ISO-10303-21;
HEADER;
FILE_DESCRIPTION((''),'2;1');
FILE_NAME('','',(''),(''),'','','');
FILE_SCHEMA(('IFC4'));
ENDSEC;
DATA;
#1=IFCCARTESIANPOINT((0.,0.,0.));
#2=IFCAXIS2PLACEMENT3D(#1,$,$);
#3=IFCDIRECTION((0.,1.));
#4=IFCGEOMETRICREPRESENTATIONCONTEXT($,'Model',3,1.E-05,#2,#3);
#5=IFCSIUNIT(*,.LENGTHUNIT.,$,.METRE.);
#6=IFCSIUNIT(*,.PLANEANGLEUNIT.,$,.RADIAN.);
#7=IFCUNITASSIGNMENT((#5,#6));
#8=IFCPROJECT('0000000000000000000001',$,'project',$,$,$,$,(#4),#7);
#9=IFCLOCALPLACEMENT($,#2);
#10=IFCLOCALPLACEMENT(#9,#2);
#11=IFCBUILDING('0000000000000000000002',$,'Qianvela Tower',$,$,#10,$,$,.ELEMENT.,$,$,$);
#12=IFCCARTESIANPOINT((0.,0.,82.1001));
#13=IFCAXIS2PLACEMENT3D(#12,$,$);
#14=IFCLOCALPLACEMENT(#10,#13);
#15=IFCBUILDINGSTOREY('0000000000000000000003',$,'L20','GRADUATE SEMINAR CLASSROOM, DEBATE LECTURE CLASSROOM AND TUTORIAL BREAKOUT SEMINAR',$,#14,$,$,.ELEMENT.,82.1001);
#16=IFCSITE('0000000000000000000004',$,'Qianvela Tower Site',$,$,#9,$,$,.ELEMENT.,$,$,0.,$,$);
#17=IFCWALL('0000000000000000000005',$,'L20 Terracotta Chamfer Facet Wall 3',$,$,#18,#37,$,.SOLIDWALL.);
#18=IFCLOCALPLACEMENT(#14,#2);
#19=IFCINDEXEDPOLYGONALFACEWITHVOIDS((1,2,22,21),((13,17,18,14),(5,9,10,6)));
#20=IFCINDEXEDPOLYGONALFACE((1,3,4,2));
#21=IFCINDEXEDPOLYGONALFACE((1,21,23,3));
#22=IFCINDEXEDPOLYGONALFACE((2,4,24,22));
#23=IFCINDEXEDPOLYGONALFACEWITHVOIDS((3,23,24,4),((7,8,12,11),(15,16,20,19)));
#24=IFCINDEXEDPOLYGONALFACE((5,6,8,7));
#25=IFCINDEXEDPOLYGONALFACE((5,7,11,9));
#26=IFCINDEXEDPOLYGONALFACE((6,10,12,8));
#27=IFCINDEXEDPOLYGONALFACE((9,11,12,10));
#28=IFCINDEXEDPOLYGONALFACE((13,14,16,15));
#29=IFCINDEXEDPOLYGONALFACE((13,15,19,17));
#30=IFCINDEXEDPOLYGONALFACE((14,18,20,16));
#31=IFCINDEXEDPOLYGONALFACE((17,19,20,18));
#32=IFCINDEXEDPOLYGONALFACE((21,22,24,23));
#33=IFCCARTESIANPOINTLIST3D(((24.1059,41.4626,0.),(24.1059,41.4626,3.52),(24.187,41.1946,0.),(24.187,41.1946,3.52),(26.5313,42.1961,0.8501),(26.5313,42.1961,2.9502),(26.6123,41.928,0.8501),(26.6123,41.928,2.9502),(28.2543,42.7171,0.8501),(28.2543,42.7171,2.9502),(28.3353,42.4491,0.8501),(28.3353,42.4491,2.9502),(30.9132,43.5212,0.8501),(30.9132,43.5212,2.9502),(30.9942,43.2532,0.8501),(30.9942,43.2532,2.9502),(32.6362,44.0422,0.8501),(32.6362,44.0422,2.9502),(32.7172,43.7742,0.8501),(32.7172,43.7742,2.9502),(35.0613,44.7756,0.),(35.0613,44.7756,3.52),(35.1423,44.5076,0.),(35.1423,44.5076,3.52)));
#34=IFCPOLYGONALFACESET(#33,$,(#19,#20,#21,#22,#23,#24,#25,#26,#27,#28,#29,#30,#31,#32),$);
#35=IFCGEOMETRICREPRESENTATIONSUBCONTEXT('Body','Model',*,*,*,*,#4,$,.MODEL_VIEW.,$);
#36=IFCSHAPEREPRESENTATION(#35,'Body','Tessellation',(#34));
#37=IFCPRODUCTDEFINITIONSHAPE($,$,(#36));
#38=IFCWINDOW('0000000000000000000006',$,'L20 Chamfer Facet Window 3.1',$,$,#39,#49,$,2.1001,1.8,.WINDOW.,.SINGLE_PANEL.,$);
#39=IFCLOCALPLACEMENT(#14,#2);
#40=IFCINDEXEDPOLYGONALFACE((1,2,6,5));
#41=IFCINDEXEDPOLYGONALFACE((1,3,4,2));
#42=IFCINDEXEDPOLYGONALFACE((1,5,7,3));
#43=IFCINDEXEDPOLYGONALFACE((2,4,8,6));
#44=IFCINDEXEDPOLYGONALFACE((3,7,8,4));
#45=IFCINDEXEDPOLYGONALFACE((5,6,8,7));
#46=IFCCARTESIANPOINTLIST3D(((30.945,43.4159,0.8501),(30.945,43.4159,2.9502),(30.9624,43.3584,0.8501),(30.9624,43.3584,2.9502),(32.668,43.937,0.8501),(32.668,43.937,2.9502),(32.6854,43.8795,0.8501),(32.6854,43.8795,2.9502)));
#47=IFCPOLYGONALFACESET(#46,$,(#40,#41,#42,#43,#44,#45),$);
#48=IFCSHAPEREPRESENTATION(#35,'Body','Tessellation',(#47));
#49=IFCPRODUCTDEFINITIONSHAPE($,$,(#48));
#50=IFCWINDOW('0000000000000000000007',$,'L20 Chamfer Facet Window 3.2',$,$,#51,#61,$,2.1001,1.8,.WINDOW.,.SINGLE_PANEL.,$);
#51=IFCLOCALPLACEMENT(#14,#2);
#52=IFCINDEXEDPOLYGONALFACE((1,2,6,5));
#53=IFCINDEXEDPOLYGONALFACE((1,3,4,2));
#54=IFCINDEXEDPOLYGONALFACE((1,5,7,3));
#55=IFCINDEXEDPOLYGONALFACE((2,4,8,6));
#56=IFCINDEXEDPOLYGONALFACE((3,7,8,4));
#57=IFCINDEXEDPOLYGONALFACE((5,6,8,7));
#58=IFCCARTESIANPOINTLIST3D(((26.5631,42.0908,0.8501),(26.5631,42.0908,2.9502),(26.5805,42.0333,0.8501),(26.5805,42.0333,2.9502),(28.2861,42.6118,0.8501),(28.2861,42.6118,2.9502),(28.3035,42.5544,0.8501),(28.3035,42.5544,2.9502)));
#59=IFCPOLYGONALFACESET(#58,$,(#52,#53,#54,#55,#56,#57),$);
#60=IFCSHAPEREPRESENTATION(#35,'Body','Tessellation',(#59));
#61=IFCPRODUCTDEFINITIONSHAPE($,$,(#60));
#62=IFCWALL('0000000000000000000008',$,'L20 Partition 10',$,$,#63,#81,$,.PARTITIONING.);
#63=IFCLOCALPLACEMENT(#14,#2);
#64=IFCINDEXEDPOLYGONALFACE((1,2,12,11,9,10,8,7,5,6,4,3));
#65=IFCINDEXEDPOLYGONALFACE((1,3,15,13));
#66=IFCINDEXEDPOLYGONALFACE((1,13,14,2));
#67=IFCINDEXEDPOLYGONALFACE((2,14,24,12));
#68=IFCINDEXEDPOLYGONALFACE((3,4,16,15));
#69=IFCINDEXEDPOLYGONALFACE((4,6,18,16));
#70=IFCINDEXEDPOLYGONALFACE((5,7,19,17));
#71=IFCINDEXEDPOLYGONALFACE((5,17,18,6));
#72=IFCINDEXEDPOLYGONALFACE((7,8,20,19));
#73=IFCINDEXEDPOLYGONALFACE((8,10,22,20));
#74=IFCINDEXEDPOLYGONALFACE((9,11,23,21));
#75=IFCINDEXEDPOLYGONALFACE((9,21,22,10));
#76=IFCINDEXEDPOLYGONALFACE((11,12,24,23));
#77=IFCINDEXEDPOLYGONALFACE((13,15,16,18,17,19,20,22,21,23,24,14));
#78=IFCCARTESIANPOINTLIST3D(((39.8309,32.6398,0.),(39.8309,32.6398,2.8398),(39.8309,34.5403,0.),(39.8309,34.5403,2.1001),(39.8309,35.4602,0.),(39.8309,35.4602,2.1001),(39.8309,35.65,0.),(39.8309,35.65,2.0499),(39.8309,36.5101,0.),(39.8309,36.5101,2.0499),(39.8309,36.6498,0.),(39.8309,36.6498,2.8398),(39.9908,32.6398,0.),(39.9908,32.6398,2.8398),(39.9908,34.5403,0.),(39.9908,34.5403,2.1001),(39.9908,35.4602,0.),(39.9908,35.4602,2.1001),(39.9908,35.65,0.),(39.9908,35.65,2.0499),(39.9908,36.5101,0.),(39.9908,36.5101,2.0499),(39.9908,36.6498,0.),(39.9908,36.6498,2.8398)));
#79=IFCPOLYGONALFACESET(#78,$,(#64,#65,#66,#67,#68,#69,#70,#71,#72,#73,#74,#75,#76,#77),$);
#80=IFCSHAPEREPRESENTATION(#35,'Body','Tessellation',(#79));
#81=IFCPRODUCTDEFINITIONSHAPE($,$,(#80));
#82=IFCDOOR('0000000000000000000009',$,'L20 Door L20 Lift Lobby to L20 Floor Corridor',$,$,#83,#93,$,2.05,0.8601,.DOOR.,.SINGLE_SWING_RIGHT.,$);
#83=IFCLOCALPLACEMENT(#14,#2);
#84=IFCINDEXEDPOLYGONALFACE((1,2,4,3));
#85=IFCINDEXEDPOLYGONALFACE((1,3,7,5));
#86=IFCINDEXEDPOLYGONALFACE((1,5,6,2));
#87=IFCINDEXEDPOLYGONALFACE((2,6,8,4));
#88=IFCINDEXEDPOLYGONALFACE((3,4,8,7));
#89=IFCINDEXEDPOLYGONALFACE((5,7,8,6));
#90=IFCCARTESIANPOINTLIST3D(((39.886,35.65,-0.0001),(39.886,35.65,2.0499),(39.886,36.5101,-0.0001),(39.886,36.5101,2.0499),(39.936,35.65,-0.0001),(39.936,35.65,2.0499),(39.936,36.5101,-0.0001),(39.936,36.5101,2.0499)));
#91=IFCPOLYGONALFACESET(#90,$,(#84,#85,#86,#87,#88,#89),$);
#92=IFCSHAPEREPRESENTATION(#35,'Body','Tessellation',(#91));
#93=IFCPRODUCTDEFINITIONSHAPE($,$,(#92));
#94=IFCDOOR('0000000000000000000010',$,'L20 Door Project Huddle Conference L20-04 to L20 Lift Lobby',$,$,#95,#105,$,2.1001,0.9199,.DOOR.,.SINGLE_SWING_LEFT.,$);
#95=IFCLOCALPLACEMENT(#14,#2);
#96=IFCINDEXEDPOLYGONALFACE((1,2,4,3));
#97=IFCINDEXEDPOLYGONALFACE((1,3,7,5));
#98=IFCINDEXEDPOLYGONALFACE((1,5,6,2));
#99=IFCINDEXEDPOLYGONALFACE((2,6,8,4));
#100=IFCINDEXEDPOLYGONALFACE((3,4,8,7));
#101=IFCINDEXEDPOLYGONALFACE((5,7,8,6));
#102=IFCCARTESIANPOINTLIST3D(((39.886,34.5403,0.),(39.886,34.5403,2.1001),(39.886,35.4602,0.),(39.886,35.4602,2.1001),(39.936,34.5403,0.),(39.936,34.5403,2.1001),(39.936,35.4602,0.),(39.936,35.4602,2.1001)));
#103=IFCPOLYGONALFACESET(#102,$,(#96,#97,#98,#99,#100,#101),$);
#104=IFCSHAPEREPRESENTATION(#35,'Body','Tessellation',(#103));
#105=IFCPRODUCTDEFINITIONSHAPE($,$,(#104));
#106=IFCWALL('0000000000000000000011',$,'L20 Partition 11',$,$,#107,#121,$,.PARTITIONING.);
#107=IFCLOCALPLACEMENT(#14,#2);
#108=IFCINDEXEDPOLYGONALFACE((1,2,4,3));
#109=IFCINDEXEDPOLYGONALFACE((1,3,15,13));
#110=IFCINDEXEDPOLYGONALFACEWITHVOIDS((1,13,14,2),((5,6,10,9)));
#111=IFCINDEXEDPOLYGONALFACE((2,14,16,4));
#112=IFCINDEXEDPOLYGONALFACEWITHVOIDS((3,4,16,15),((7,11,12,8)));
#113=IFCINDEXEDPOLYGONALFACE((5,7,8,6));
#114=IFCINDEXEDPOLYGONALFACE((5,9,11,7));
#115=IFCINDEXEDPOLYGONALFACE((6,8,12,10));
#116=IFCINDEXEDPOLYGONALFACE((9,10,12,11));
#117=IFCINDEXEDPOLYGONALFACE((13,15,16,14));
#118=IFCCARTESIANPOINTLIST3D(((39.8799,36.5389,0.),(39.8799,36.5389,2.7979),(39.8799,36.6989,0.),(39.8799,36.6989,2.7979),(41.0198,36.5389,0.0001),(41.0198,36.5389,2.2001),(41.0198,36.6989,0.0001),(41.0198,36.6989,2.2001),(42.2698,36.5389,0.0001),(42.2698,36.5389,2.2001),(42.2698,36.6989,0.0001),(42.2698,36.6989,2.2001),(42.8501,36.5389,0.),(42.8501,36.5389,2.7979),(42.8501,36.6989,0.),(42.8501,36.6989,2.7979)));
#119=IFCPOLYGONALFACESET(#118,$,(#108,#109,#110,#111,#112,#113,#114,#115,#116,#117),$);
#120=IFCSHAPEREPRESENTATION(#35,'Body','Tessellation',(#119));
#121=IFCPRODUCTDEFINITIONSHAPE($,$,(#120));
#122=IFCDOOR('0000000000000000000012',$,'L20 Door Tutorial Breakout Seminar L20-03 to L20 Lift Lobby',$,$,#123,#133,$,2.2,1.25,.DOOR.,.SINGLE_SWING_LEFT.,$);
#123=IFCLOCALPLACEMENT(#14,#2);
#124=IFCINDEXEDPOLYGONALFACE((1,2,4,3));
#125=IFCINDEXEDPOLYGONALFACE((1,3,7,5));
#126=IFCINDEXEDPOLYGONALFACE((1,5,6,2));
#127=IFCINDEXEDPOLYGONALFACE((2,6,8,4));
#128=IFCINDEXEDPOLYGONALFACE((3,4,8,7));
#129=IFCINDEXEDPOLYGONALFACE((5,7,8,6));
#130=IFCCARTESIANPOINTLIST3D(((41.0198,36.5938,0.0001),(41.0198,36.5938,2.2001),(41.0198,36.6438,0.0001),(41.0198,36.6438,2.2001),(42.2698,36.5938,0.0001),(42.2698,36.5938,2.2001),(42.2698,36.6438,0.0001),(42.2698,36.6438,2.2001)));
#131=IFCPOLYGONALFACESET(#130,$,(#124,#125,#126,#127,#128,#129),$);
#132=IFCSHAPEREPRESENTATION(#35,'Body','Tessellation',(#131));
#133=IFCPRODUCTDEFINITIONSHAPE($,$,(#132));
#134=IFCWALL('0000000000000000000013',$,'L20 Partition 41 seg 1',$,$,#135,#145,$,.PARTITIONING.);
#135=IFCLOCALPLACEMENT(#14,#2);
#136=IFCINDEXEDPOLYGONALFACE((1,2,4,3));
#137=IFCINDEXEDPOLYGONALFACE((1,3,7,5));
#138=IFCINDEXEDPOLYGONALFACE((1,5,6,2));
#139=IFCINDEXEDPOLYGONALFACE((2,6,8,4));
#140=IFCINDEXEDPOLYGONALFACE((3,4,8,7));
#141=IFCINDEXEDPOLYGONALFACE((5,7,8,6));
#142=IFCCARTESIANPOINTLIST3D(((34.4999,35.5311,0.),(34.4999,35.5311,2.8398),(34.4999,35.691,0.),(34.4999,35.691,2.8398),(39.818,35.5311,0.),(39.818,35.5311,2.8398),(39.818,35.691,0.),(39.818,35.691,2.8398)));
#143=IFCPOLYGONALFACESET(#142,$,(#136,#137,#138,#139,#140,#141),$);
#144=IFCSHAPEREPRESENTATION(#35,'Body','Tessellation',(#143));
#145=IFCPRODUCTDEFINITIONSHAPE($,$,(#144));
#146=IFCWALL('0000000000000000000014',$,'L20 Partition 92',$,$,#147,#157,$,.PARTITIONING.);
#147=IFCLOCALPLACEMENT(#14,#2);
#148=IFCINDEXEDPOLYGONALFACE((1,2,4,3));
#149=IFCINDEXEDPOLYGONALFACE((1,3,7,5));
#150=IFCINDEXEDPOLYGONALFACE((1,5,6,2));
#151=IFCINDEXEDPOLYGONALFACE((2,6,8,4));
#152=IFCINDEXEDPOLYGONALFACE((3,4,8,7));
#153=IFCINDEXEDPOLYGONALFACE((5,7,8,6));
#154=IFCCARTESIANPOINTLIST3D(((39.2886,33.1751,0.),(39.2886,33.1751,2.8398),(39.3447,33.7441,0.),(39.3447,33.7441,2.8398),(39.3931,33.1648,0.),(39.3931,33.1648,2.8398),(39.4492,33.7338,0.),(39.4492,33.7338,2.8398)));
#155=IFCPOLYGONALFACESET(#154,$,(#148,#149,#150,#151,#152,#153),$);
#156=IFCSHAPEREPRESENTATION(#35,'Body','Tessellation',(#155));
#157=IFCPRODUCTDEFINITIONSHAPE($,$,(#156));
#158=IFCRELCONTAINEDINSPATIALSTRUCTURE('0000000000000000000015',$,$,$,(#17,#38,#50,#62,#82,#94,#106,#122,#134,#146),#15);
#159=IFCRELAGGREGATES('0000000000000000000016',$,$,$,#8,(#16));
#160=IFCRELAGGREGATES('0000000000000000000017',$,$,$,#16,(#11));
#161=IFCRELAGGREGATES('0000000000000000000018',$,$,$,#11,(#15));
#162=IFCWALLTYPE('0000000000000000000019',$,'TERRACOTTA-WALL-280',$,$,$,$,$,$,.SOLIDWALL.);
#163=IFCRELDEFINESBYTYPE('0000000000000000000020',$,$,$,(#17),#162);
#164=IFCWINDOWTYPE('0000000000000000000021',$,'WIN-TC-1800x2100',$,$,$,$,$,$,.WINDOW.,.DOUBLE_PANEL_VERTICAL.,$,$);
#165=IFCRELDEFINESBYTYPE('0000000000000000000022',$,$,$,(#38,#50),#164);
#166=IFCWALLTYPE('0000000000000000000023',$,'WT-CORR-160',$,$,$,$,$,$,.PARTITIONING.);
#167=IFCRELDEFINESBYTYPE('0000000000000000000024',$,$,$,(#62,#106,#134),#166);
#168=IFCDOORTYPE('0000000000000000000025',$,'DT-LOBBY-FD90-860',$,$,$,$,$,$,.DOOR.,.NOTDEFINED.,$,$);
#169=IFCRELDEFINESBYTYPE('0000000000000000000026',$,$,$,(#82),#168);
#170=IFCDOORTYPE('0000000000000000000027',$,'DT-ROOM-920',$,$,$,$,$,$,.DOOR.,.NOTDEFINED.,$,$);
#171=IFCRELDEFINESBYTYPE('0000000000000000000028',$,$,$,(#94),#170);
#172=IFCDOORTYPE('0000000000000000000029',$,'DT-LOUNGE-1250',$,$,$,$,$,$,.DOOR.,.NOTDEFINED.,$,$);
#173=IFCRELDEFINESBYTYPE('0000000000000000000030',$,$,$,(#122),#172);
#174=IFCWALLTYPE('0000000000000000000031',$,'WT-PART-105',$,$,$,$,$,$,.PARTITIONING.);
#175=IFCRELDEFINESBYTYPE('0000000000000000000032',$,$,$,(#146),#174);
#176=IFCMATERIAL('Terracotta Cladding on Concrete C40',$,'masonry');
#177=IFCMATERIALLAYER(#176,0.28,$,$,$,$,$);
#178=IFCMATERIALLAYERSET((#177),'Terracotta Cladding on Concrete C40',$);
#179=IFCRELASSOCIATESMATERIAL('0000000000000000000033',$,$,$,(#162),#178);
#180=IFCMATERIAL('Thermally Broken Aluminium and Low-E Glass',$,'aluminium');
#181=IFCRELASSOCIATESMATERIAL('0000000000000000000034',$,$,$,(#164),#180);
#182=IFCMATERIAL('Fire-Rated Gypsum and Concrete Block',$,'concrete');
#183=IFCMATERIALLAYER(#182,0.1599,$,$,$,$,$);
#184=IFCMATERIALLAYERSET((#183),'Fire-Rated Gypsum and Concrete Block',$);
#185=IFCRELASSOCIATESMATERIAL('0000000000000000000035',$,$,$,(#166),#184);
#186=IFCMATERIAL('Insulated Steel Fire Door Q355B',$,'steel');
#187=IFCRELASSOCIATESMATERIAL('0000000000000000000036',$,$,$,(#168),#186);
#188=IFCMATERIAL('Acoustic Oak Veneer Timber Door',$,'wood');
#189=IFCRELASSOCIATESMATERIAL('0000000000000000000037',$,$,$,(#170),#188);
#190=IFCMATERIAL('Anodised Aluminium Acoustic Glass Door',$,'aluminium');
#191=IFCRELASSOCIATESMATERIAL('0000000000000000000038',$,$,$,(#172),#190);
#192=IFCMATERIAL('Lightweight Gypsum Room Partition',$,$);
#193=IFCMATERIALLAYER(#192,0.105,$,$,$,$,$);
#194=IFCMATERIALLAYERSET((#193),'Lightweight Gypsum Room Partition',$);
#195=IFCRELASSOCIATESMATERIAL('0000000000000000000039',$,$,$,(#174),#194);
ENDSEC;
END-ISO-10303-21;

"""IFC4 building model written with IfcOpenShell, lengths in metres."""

from ifc_helpers import new_model, si_unit, direction, frame, frame_2d, origin, place, context, subcontext, project, spatial, rectangle, extrude, material, layer, layer_set, type_object, element, fill, save


model = new_model("IFC4")

# Units and contexts
model_context = context("Model", 3, precision=1e-05, world=origin(), true_north=direction((0.0, 1.0)))
body_context = subcontext(model_context, "Body", "Model", "MODEL_VIEW")
ifc_project = project(units=[si_unit("LENGTHUNIT", "METRE"), si_unit("PLANEANGLEUNIT", "RADIAN")], contexts=[model_context])

# Site, building, storey
site_placement = place(None, origin())
site = spatial("IfcSite", under=ifc_project, at=site_placement, Name="Qianvela Tower Site", CompositionType="ELEMENT", RefElevation=0.0)
building_placement = place(site_placement, origin())
building = spatial("IfcBuilding", under=site, at=building_placement, Name="Qianvela Tower", CompositionType="ELEMENT")
storey_placement = place(building_placement, frame((0.0, 0.0, 82.1001)))
storey = spatial("IfcBuildingStorey", under=building, at=storey_placement, Name="L20", Description="GRADUATE SEMINAR CLASSROOM, DEBATE LECTURE CLASSROOM AND TUTORIAL BREAKOUT SEMINAR", CompositionType="ELEMENT", Elevation=82.1001)

# Wall, openings, windows
ifc_material_1 = material(Name="Terracotta Cladding on Concrete C40", Category="masonry")
ifc_layer_1 = layer(ifc_material_1, 0.28)
ifc_layer_set_1 = layer_set([ifc_layer_1], Name="Terracotta Cladding on Concrete C40")
wall_type_1 = type_object("IfcWallType", Name="TERRACOTTA-WALL-280", PredefinedType="SOLIDWALL", material=ifc_layer_set_1)
wall_1_placement = place(storey_placement, frame((35.1018, 44.6416, 0.0), z_axis=(0.0, 0.0, 1.0), x_axis=(-0.957189, -0.289463, 0.0)))
wall_1 = element("IfcWall", 1, at=wall_1_placement, inside=storey, type_object=wall_type_1, Name="L20 Terracotta Chamfer Facet Wall 3", PredefinedType="SOLIDWALL", context=body_context, shape_type="SweptSolid", body=[
    extrude(rectangle(XDim=11.4453, YDim=0.28, at=frame_2d((5.7227, 0.0))), origin(), (0.0, 0.0, 1.0), 3.52),
])
opening_1_placement = place(wall_1_placement, frame((2.5337, 0.0, 0.8501)))
opening_1 = element("IfcOpeningElement", 2, at=opening_1_placement, cuts=wall_1, PredefinedType="OPENING", context=body_context, shape_type="SweptSolid", body=[
    extrude(rectangle(XDim=1.8, YDim=2.1001, at=frame_2d((0.8999, 1.05))), frame((0.0, 0.1499, 0.0), z_axis=(0.0, -1.0, 0.0), x_axis=(1.0, 0.0, 0.0)), (0.0, 0.0, 1.0), 0.3),
])
opening_2_placement = place(wall_1_placement, frame((7.1116, 0.0, 0.8501)))
opening_2 = element("IfcOpeningElement", 3, at=opening_2_placement, cuts=wall_1, PredefinedType="OPENING", context=body_context, shape_type="SweptSolid", body=[
    extrude(rectangle(XDim=1.8, YDim=2.1001, at=frame_2d((0.8999, 1.05))), frame((0.0, 0.1499, 0.0), z_axis=(0.0, -1.0, 0.0), x_axis=(1.0, 0.0, 0.0)), (0.0, 0.0, 1.0), 0.3),
])
ifc_material_2 = material(Name="Thermally Broken Aluminium and Low-E Glass", Category="aluminium")
window_type = type_object("IfcWindowType", Name="WIN-TC-1800x2100", PartitioningType="DOUBLE_PANEL_VERTICAL", PredefinedType="WINDOW", material=ifc_material_2)
window_1_placement = place(opening_1_placement, origin())
window_1 = element("IfcWindow", 4, at=window_1_placement, inside=storey, type_object=window_type, Name="L20 Chamfer Facet Window 3.1", OverallHeight=2.1001, OverallWidth=1.8, PartitioningType="SINGLE_PANEL", PredefinedType="WINDOW", context=body_context, shape_type="SweptSolid", body=[
    extrude(rectangle(XDim=1.8, YDim=2.1001, at=frame_2d((0.8999, 1.05))), frame((0.0, 0.03, 0.0), z_axis=(0.0, -1.0, 0.0), x_axis=(1.0, 0.0, 0.0)), (0.0, 0.0, 1.0), 0.0601),
])
fill(opening_1, window_1)
window_2_placement = place(opening_2_placement, origin())
window_2 = element("IfcWindow", 5, at=window_2_placement, inside=storey, type_object=window_type, Name="L20 Chamfer Facet Window 3.2", OverallHeight=2.1001, OverallWidth=1.8, PartitioningType="SINGLE_PANEL", PredefinedType="WINDOW", context=body_context, shape_type="SweptSolid", body=[
    extrude(rectangle(XDim=1.8, YDim=2.1001, at=frame_2d((0.8999, 1.05))), frame((0.0, 0.03, 0.0), z_axis=(0.0, -1.0, 0.0), x_axis=(1.0, 0.0, 0.0)), (0.0, 0.0, 1.0), 0.0601),
])
fill(opening_2, window_2)

# Wall, openings, doors
ifc_material_3 = material(Name="Fire-Rated Gypsum and Concrete Block", Category="concrete")
ifc_layer_2 = layer(ifc_material_3, 0.1599)
ifc_layer_set_2 = layer_set([ifc_layer_2], Name="Fire-Rated Gypsum and Concrete Block")
wall_type_2 = type_object("IfcWallType", Name="WT-CORR-160", PredefinedType="PARTITIONING", material=ifc_layer_set_2)
wall_2_placement = place(storey_placement, frame((39.9109, 32.6399, 0.0), z_axis=(0.0, 0.0, 1.0), x_axis=(0.0, 1.0, 0.0)))
wall_2 = element("IfcWall", 6, at=wall_2_placement, inside=storey, type_object=wall_type_2, Name="L20 Partition 10", PredefinedType="PARTITIONING", context=body_context, shape_type="SweptSolid", body=[
    extrude(rectangle(XDim=4.01, YDim=0.1599, at=frame_2d((2.0049, 0.0))), origin(), (0.0, 0.0, 1.0), 2.8398),
])
opening_3_placement = place(wall_2_placement, frame((3.01, 0.0, 0.0)))
opening_3 = element("IfcOpeningElement", 7, at=opening_3_placement, cuts=wall_2, PredefinedType="OPENING", context=body_context, shape_type="SweptSolid", body=[
    extrude(rectangle(XDim=0.8601, YDim=2.05, at=frame_2d((0.4302, 1.0249))), frame((0.0, 0.0898, 0.0), z_axis=(0.0, -1.0, 0.0), x_axis=(1.0, 0.0, 0.0)), (0.0, 0.0, 1.0), 0.1799),
])
opening_4_placement = place(wall_2_placement, frame((1.9004, 0.0, 0.0)))
opening_4 = element("IfcOpeningElement", 8, at=opening_4_placement, cuts=wall_2, PredefinedType="OPENING", context=body_context, shape_type="SweptSolid", body=[
    extrude(rectangle(XDim=0.9199, YDim=2.1001, at=frame_2d((0.46, 1.05))), frame((0.0, 0.0898, 0.0), z_axis=(0.0, -1.0, 0.0), x_axis=(1.0, 0.0, 0.0)), (0.0, 0.0, 1.0), 0.1799),
])
ifc_material_4 = material(Name="Insulated Steel Fire Door Q355B", Category="steel")
door_type_1 = type_object("IfcDoorType", Name="DT-LOBBY-FD90-860", OperationType="NOTDEFINED", PredefinedType="DOOR", material=ifc_material_4)
door_1_placement = place(opening_3_placement, origin())
door_1 = element("IfcDoor", 9, at=door_1_placement, inside=storey, type_object=door_type_1, Name="L20 Door L20 Lift Lobby to L20 Floor Corridor", OperationType="SINGLE_SWING_RIGHT", OverallHeight=2.05, OverallWidth=0.8601, PredefinedType="DOOR", context=body_context, shape_type="SweptSolid", body=[
    extrude(rectangle(XDim=0.8601, YDim=2.05, at=frame_2d((0.4302, 1.0249))), frame((0.0, 0.0249, 0.0), z_axis=(0.0, -1.0, 0.0), x_axis=(1.0, 0.0, 0.0)), (0.0, 0.0, 1.0), 0.05),
])
fill(opening_3, door_1)
ifc_material_5 = material(Name="Acoustic Oak Veneer Timber Door", Category="wood")
door_type_2 = type_object("IfcDoorType", Name="DT-ROOM-920", OperationType="NOTDEFINED", PredefinedType="DOOR", material=ifc_material_5)
door_2_placement = place(opening_4_placement, origin())
door_2 = element("IfcDoor", 10, at=door_2_placement, inside=storey, type_object=door_type_2, Name="L20 Door Project Huddle Conference L20-04 to L20 Lift Lobby", OperationType="SINGLE_SWING_LEFT", OverallHeight=2.1001, OverallWidth=0.9199, PredefinedType="DOOR", context=body_context, shape_type="SweptSolid", body=[
    extrude(rectangle(XDim=0.9199, YDim=2.1001, at=frame_2d((0.46, 1.05))), frame((0.0, 0.0249, 0.0), z_axis=(0.0, -1.0, 0.0), x_axis=(1.0, 0.0, 0.0)), (0.0, 0.0, 1.0), 0.05),
])
fill(opening_4, door_2)

# Wall, opening, door
wall_3_placement = place(storey_placement, frame((39.8799, 36.6189, 0.0), z_axis=(0.0, 0.0, 1.0), x_axis=(1.0, 0.0, 0.0)))
wall_3 = element("IfcWall", 11, at=wall_3_placement, inside=storey, type_object=wall_type_2, Name="L20 Partition 11", PredefinedType="PARTITIONING", context=body_context, shape_type="SweptSolid", body=[
    extrude(rectangle(XDim=2.9702, YDim=0.1599, at=frame_2d((1.4851, 0.0))), origin(), (0.0, 0.0, 1.0), 2.7979),
])
opening_5_placement = place(wall_3_placement, frame((1.1399, 0.0, 0.0)))
opening_5 = element("IfcOpeningElement", 12, at=opening_5_placement, cuts=wall_3, PredefinedType="OPENING", context=body_context, shape_type="SweptSolid", body=[
    extrude(rectangle(XDim=1.25, YDim=2.2, at=frame_2d((0.625, 1.1001))), frame((0.0, 0.0898, 0.0), z_axis=(0.0, -1.0, 0.0), x_axis=(1.0, 0.0, 0.0)), (0.0, 0.0, 1.0), 0.1799),
])
ifc_material_6 = material(Name="Anodised Aluminium Acoustic Glass Door", Category="aluminium")
door_type_3 = type_object("IfcDoorType", Name="DT-LOUNGE-1250", OperationType="NOTDEFINED", PredefinedType="DOOR", material=ifc_material_6)
door_3_placement = place(opening_5_placement, origin())
door_3 = element("IfcDoor", 13, at=door_3_placement, inside=storey, type_object=door_type_3, Name="L20 Door Tutorial Breakout Seminar L20-03 to L20 Lift Lobby", OperationType="SINGLE_SWING_LEFT", OverallHeight=2.2, OverallWidth=1.25, PredefinedType="DOOR", context=body_context, shape_type="SweptSolid", body=[
    extrude(rectangle(XDim=1.25, YDim=2.2, at=frame_2d((0.625, 1.1001))), frame((0.0, 0.0249, 0.0), z_axis=(0.0, -1.0, 0.0), x_axis=(1.0, 0.0, 0.0)), (0.0, 0.0, 1.0), 0.05),
])
fill(opening_5, door_3)

# Walls
wall_4_placement = place(storey_placement, frame((39.8181, 35.6111, 0.0), z_axis=(0.0, 0.0, 1.0), x_axis=(-1.0, 0.0, 0.0)))
element("IfcWall", 14, at=wall_4_placement, inside=storey, type_object=wall_type_2, Name="L20 Partition 41 seg 1", PredefinedType="PARTITIONING", context=body_context, shape_type="SweptSolid", body=[
    extrude(rectangle(XDim=5.3181, YDim=0.1599, at=frame_2d((2.6592, 0.0))), origin(), (0.0, 0.0, 1.0), 2.8398),
])
ifc_material_7 = material(Name="Lightweight Gypsum Room Partition")
ifc_layer_3 = layer(ifc_material_7, 0.105)
ifc_layer_set_3 = layer_set([ifc_layer_3], Name="Lightweight Gypsum Room Partition")
wall_type_3 = type_object("IfcWallType", Name="WT-PART-105", PredefinedType="PARTITIONING", material=ifc_layer_set_3)
wall_5_placement = place(storey_placement, frame((39.3408, 33.1699, 0.0), z_axis=(0.0, 0.0, 1.0), x_axis=(0.098193, 0.995167, 0.0)))
element("IfcWall", 15, at=wall_5_placement, inside=storey, type_object=wall_type_3, Name="L20 Partition 92", PredefinedType="PARTITIONING", context=body_context, shape_type="SweptSolid", body=[
    extrude(rectangle(XDim=0.5718, YDim=0.105, at=frame_2d((0.2859, 0.0))), origin(), (0.0, 0.0, 1.0), 2.8398),
])

save(model, "model.ifc")
